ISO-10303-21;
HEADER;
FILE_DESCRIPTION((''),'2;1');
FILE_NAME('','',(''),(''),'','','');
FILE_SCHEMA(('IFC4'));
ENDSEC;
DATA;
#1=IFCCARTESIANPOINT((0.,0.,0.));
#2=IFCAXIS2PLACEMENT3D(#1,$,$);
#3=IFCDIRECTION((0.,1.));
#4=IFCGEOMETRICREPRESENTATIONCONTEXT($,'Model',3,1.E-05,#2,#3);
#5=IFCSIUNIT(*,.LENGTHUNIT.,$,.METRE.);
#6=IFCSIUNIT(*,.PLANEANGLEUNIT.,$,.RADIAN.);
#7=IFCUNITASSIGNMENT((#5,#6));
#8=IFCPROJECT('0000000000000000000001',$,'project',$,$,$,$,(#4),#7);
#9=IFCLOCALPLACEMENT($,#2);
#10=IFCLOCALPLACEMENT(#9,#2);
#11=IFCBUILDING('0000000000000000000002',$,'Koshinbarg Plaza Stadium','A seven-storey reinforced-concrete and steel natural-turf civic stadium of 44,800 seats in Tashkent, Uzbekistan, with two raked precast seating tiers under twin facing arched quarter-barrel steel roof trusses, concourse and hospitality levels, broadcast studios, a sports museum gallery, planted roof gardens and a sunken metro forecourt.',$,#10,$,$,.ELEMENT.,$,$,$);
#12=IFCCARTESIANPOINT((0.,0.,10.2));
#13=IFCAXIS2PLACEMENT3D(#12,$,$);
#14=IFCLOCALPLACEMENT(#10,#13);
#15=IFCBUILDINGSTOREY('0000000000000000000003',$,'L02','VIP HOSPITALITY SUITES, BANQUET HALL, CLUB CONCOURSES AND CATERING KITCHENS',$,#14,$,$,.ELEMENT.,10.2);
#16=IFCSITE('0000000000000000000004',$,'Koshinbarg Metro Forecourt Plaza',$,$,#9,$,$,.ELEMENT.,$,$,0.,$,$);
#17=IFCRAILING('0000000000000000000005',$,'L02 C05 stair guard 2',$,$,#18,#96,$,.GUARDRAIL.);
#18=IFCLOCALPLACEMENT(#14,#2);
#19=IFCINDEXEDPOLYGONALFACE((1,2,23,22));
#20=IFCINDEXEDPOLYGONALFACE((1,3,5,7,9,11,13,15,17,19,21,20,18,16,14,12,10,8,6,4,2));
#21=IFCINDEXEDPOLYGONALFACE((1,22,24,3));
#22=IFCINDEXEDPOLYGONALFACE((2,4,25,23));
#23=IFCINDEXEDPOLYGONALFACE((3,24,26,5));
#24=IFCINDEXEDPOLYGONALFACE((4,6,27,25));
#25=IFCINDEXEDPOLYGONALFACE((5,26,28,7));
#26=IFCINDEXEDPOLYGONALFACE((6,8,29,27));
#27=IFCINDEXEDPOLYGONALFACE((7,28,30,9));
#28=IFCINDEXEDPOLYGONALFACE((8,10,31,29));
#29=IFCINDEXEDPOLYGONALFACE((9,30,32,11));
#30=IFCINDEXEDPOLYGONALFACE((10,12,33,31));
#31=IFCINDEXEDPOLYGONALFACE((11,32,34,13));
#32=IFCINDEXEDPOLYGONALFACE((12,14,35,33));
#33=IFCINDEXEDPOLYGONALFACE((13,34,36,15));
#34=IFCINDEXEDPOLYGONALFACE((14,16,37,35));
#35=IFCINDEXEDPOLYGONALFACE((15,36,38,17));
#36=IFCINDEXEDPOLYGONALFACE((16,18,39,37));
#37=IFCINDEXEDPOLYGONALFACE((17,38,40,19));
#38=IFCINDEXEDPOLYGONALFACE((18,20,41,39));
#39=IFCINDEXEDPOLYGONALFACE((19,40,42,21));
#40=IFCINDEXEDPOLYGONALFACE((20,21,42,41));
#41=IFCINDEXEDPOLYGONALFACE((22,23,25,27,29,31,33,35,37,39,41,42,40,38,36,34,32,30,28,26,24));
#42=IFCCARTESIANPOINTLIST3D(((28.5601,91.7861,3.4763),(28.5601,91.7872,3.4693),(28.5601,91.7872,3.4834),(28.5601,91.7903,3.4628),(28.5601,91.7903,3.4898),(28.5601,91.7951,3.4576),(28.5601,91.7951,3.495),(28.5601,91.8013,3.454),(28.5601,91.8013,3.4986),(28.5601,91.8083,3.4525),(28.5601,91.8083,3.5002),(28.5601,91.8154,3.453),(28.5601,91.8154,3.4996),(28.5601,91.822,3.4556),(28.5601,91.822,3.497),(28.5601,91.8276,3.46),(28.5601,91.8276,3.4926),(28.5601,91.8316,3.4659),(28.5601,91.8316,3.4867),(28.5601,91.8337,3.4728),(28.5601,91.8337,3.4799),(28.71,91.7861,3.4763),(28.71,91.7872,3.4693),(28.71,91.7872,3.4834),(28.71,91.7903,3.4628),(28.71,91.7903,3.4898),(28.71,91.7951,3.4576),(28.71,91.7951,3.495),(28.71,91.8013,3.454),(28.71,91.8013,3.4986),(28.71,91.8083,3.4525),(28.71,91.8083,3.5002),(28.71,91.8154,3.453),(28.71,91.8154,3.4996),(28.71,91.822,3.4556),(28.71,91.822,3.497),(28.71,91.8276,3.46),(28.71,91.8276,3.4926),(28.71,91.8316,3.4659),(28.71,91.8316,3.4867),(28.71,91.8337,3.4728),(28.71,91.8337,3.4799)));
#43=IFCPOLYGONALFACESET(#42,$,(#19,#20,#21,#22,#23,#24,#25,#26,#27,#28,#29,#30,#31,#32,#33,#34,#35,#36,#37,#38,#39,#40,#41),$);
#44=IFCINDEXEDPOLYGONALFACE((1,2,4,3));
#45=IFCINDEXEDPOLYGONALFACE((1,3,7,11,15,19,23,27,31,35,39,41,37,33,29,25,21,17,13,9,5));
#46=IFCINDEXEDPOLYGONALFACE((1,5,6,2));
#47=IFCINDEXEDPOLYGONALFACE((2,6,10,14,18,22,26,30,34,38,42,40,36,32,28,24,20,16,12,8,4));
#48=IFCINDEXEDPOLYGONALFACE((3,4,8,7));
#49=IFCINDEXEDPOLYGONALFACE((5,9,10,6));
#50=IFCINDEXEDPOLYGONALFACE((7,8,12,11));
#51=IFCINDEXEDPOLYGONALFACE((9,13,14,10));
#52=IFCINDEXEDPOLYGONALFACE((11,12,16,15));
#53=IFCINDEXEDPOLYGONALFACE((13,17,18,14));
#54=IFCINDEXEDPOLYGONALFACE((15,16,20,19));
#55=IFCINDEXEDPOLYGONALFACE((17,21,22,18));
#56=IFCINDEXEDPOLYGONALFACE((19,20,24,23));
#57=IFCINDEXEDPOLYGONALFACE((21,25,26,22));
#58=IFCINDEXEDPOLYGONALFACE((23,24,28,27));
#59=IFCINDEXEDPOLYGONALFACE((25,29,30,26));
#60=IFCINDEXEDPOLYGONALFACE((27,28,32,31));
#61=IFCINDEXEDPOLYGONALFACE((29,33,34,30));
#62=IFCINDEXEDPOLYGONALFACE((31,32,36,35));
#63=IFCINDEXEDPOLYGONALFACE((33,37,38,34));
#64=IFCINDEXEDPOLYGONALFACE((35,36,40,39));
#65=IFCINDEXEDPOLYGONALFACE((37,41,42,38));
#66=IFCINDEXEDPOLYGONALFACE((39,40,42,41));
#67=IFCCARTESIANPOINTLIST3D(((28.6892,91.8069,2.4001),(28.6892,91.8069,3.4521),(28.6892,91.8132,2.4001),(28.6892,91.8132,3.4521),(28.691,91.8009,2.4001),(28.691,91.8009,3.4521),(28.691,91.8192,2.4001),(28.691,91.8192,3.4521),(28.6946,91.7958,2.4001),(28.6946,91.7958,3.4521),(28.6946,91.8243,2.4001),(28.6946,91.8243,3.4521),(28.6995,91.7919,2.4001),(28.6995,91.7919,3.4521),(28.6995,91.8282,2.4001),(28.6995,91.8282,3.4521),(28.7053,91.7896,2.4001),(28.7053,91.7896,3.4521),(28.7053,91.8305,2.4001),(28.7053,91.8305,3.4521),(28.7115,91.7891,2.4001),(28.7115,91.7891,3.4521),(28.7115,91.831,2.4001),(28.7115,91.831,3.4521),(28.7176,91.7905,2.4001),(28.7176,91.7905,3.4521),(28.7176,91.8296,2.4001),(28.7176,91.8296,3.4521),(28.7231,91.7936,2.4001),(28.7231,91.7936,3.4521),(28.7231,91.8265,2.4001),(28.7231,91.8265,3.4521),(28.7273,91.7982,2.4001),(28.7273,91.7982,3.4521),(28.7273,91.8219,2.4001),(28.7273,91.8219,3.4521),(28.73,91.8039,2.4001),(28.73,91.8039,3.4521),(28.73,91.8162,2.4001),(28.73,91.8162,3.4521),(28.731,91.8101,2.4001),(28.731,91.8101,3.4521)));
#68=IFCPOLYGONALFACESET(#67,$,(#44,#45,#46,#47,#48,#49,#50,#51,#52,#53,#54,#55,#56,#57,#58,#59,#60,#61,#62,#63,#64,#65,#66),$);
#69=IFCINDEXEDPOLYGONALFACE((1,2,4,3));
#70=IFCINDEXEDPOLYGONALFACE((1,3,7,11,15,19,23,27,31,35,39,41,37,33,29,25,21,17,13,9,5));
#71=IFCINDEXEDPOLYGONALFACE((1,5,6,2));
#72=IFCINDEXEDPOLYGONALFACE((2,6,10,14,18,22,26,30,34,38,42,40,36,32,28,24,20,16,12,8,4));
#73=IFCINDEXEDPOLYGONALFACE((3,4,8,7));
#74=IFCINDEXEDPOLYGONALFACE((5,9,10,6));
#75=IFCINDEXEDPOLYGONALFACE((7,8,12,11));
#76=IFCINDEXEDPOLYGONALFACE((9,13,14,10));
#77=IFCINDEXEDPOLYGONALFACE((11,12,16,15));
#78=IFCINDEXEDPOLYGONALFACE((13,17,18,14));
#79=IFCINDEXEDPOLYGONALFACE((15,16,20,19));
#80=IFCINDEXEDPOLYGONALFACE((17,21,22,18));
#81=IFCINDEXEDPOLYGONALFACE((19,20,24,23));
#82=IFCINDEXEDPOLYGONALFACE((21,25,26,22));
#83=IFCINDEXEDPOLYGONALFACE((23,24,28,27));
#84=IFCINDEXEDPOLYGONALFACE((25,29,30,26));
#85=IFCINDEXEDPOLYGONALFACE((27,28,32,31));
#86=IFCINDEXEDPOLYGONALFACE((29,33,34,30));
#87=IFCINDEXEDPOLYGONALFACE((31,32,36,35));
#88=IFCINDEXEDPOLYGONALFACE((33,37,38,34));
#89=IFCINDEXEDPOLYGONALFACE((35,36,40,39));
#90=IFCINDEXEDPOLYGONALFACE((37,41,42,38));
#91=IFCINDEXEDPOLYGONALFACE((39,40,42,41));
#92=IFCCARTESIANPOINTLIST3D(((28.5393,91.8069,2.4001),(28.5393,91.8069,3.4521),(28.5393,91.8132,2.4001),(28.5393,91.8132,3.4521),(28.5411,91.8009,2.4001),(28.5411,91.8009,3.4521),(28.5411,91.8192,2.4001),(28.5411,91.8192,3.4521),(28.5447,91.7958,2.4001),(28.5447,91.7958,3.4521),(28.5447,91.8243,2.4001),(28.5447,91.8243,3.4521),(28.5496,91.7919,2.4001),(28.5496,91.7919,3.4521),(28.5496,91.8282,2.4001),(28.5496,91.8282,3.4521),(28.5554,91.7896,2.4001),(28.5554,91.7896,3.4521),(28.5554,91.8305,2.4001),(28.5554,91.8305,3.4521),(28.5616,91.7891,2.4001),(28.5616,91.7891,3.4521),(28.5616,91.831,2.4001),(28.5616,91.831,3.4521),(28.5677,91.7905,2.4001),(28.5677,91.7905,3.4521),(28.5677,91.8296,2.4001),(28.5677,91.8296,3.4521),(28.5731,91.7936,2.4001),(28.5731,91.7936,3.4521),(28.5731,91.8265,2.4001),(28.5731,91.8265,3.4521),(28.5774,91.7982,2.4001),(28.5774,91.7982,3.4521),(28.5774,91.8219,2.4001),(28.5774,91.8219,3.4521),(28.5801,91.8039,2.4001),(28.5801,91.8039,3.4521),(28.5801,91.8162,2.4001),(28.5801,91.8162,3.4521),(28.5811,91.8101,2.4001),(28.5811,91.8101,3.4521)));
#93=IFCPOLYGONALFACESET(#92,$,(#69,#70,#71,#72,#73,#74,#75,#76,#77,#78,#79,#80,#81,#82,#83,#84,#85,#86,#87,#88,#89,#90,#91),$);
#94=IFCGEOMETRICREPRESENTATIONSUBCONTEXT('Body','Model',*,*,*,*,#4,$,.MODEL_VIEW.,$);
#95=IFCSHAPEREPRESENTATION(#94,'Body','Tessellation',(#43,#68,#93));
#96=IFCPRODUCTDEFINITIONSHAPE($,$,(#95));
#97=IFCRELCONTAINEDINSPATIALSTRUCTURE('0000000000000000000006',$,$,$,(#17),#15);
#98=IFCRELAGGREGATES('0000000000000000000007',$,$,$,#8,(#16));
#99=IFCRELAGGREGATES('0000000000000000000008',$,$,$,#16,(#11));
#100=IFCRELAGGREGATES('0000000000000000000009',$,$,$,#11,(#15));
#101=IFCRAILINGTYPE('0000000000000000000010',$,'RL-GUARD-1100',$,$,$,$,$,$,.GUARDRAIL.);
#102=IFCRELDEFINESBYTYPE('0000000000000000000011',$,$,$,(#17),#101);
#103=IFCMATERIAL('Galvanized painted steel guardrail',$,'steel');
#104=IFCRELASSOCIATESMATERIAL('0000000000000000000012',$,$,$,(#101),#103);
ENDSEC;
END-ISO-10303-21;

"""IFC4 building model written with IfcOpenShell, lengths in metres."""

from ifc_helpers import new_model, si_unit, direction, frame, origin, origin_2d, place, context, subcontext, project, spatial, circle, extrude, material, type_object, element, save


model = new_model("IFC4")

# Units and contexts
model_context = context("Model", 3, precision=1e-05, world=origin(), true_north=direction((0.0, 1.0)))
body_context = subcontext(model_context, "Body", "Model", "MODEL_VIEW")
ifc_project = project(units=[si_unit("LENGTHUNIT", "METRE"), si_unit("PLANEANGLEUNIT", "RADIAN")], contexts=[model_context])

# Site, building, storey
site_placement = place(None, origin())
site = spatial("IfcSite", under=ifc_project, at=site_placement, Name="Koshinbarg Metro Forecourt Plaza", CompositionType="ELEMENT", RefElevation=0.0)
building_placement = place(site_placement, origin())
building = spatial("IfcBuilding", under=site, at=building_placement, Name="Koshinbarg Plaza Stadium", Description="A seven-storey reinforced-concrete and steel natural-turf civic stadium of 44,800 seats in Tashkent, Uzbekistan, with two raked precast seating tiers under twin facing arched quarter-barrel steel roof trusses, concourse and hospitality levels, broadcast studios, a sports museum gallery, planted roof gardens and a sunken metro forecourt.", CompositionType="ELEMENT")
storey_placement = place(building_placement, frame((0.0, 0.0, 10.2)))
storey = spatial("IfcBuildingStorey", under=building, at=storey_placement, Name="L02", Description="VIP HOSPITALITY SUITES, BANQUET HALL, CLUB CONCOURSES AND CATERING KITCHENS", CompositionType="ELEMENT", Elevation=10.2)

# Railing
ifc_material_1 = material(Name="Galvanized painted steel guardrail", Category="steel")
railing_type_1 = type_object("IfcRailingType", Name="RL-GUARD-1100", PredefinedType="GUARDRAIL", material=ifc_material_1)
railing_1_placement = place(storey_placement, frame((28.71, 91.8101, 2.4001)))
element("IfcRailing", 1, at=railing_1_placement, inside=storey, type_object=railing_type_1, Name="L02 C05 stair guard 2", PredefinedType="GUARDRAIL", context=body_context, shape_type="SweptSolid", body=[
    extrude(circle(Radius=0.0239, at=origin_2d()), frame((0.0, 0.0, 1.0762), z_axis=(-1.0, 0.0, 0.0), x_axis=(0.0, -1.0, 0.0)), (0.0, 0.0, 1.0), 0.1499),
    extrude(circle(Radius=0.021, at=origin_2d()), origin(), (0.0, 0.0, 1.0), 1.052),
    extrude(circle(Radius=0.021, at=origin_2d()), frame((-0.1499, 0.0, 0.0)), (0.0, 0.0, 1.0), 1.052),
])

save(model, "model.ifc")
